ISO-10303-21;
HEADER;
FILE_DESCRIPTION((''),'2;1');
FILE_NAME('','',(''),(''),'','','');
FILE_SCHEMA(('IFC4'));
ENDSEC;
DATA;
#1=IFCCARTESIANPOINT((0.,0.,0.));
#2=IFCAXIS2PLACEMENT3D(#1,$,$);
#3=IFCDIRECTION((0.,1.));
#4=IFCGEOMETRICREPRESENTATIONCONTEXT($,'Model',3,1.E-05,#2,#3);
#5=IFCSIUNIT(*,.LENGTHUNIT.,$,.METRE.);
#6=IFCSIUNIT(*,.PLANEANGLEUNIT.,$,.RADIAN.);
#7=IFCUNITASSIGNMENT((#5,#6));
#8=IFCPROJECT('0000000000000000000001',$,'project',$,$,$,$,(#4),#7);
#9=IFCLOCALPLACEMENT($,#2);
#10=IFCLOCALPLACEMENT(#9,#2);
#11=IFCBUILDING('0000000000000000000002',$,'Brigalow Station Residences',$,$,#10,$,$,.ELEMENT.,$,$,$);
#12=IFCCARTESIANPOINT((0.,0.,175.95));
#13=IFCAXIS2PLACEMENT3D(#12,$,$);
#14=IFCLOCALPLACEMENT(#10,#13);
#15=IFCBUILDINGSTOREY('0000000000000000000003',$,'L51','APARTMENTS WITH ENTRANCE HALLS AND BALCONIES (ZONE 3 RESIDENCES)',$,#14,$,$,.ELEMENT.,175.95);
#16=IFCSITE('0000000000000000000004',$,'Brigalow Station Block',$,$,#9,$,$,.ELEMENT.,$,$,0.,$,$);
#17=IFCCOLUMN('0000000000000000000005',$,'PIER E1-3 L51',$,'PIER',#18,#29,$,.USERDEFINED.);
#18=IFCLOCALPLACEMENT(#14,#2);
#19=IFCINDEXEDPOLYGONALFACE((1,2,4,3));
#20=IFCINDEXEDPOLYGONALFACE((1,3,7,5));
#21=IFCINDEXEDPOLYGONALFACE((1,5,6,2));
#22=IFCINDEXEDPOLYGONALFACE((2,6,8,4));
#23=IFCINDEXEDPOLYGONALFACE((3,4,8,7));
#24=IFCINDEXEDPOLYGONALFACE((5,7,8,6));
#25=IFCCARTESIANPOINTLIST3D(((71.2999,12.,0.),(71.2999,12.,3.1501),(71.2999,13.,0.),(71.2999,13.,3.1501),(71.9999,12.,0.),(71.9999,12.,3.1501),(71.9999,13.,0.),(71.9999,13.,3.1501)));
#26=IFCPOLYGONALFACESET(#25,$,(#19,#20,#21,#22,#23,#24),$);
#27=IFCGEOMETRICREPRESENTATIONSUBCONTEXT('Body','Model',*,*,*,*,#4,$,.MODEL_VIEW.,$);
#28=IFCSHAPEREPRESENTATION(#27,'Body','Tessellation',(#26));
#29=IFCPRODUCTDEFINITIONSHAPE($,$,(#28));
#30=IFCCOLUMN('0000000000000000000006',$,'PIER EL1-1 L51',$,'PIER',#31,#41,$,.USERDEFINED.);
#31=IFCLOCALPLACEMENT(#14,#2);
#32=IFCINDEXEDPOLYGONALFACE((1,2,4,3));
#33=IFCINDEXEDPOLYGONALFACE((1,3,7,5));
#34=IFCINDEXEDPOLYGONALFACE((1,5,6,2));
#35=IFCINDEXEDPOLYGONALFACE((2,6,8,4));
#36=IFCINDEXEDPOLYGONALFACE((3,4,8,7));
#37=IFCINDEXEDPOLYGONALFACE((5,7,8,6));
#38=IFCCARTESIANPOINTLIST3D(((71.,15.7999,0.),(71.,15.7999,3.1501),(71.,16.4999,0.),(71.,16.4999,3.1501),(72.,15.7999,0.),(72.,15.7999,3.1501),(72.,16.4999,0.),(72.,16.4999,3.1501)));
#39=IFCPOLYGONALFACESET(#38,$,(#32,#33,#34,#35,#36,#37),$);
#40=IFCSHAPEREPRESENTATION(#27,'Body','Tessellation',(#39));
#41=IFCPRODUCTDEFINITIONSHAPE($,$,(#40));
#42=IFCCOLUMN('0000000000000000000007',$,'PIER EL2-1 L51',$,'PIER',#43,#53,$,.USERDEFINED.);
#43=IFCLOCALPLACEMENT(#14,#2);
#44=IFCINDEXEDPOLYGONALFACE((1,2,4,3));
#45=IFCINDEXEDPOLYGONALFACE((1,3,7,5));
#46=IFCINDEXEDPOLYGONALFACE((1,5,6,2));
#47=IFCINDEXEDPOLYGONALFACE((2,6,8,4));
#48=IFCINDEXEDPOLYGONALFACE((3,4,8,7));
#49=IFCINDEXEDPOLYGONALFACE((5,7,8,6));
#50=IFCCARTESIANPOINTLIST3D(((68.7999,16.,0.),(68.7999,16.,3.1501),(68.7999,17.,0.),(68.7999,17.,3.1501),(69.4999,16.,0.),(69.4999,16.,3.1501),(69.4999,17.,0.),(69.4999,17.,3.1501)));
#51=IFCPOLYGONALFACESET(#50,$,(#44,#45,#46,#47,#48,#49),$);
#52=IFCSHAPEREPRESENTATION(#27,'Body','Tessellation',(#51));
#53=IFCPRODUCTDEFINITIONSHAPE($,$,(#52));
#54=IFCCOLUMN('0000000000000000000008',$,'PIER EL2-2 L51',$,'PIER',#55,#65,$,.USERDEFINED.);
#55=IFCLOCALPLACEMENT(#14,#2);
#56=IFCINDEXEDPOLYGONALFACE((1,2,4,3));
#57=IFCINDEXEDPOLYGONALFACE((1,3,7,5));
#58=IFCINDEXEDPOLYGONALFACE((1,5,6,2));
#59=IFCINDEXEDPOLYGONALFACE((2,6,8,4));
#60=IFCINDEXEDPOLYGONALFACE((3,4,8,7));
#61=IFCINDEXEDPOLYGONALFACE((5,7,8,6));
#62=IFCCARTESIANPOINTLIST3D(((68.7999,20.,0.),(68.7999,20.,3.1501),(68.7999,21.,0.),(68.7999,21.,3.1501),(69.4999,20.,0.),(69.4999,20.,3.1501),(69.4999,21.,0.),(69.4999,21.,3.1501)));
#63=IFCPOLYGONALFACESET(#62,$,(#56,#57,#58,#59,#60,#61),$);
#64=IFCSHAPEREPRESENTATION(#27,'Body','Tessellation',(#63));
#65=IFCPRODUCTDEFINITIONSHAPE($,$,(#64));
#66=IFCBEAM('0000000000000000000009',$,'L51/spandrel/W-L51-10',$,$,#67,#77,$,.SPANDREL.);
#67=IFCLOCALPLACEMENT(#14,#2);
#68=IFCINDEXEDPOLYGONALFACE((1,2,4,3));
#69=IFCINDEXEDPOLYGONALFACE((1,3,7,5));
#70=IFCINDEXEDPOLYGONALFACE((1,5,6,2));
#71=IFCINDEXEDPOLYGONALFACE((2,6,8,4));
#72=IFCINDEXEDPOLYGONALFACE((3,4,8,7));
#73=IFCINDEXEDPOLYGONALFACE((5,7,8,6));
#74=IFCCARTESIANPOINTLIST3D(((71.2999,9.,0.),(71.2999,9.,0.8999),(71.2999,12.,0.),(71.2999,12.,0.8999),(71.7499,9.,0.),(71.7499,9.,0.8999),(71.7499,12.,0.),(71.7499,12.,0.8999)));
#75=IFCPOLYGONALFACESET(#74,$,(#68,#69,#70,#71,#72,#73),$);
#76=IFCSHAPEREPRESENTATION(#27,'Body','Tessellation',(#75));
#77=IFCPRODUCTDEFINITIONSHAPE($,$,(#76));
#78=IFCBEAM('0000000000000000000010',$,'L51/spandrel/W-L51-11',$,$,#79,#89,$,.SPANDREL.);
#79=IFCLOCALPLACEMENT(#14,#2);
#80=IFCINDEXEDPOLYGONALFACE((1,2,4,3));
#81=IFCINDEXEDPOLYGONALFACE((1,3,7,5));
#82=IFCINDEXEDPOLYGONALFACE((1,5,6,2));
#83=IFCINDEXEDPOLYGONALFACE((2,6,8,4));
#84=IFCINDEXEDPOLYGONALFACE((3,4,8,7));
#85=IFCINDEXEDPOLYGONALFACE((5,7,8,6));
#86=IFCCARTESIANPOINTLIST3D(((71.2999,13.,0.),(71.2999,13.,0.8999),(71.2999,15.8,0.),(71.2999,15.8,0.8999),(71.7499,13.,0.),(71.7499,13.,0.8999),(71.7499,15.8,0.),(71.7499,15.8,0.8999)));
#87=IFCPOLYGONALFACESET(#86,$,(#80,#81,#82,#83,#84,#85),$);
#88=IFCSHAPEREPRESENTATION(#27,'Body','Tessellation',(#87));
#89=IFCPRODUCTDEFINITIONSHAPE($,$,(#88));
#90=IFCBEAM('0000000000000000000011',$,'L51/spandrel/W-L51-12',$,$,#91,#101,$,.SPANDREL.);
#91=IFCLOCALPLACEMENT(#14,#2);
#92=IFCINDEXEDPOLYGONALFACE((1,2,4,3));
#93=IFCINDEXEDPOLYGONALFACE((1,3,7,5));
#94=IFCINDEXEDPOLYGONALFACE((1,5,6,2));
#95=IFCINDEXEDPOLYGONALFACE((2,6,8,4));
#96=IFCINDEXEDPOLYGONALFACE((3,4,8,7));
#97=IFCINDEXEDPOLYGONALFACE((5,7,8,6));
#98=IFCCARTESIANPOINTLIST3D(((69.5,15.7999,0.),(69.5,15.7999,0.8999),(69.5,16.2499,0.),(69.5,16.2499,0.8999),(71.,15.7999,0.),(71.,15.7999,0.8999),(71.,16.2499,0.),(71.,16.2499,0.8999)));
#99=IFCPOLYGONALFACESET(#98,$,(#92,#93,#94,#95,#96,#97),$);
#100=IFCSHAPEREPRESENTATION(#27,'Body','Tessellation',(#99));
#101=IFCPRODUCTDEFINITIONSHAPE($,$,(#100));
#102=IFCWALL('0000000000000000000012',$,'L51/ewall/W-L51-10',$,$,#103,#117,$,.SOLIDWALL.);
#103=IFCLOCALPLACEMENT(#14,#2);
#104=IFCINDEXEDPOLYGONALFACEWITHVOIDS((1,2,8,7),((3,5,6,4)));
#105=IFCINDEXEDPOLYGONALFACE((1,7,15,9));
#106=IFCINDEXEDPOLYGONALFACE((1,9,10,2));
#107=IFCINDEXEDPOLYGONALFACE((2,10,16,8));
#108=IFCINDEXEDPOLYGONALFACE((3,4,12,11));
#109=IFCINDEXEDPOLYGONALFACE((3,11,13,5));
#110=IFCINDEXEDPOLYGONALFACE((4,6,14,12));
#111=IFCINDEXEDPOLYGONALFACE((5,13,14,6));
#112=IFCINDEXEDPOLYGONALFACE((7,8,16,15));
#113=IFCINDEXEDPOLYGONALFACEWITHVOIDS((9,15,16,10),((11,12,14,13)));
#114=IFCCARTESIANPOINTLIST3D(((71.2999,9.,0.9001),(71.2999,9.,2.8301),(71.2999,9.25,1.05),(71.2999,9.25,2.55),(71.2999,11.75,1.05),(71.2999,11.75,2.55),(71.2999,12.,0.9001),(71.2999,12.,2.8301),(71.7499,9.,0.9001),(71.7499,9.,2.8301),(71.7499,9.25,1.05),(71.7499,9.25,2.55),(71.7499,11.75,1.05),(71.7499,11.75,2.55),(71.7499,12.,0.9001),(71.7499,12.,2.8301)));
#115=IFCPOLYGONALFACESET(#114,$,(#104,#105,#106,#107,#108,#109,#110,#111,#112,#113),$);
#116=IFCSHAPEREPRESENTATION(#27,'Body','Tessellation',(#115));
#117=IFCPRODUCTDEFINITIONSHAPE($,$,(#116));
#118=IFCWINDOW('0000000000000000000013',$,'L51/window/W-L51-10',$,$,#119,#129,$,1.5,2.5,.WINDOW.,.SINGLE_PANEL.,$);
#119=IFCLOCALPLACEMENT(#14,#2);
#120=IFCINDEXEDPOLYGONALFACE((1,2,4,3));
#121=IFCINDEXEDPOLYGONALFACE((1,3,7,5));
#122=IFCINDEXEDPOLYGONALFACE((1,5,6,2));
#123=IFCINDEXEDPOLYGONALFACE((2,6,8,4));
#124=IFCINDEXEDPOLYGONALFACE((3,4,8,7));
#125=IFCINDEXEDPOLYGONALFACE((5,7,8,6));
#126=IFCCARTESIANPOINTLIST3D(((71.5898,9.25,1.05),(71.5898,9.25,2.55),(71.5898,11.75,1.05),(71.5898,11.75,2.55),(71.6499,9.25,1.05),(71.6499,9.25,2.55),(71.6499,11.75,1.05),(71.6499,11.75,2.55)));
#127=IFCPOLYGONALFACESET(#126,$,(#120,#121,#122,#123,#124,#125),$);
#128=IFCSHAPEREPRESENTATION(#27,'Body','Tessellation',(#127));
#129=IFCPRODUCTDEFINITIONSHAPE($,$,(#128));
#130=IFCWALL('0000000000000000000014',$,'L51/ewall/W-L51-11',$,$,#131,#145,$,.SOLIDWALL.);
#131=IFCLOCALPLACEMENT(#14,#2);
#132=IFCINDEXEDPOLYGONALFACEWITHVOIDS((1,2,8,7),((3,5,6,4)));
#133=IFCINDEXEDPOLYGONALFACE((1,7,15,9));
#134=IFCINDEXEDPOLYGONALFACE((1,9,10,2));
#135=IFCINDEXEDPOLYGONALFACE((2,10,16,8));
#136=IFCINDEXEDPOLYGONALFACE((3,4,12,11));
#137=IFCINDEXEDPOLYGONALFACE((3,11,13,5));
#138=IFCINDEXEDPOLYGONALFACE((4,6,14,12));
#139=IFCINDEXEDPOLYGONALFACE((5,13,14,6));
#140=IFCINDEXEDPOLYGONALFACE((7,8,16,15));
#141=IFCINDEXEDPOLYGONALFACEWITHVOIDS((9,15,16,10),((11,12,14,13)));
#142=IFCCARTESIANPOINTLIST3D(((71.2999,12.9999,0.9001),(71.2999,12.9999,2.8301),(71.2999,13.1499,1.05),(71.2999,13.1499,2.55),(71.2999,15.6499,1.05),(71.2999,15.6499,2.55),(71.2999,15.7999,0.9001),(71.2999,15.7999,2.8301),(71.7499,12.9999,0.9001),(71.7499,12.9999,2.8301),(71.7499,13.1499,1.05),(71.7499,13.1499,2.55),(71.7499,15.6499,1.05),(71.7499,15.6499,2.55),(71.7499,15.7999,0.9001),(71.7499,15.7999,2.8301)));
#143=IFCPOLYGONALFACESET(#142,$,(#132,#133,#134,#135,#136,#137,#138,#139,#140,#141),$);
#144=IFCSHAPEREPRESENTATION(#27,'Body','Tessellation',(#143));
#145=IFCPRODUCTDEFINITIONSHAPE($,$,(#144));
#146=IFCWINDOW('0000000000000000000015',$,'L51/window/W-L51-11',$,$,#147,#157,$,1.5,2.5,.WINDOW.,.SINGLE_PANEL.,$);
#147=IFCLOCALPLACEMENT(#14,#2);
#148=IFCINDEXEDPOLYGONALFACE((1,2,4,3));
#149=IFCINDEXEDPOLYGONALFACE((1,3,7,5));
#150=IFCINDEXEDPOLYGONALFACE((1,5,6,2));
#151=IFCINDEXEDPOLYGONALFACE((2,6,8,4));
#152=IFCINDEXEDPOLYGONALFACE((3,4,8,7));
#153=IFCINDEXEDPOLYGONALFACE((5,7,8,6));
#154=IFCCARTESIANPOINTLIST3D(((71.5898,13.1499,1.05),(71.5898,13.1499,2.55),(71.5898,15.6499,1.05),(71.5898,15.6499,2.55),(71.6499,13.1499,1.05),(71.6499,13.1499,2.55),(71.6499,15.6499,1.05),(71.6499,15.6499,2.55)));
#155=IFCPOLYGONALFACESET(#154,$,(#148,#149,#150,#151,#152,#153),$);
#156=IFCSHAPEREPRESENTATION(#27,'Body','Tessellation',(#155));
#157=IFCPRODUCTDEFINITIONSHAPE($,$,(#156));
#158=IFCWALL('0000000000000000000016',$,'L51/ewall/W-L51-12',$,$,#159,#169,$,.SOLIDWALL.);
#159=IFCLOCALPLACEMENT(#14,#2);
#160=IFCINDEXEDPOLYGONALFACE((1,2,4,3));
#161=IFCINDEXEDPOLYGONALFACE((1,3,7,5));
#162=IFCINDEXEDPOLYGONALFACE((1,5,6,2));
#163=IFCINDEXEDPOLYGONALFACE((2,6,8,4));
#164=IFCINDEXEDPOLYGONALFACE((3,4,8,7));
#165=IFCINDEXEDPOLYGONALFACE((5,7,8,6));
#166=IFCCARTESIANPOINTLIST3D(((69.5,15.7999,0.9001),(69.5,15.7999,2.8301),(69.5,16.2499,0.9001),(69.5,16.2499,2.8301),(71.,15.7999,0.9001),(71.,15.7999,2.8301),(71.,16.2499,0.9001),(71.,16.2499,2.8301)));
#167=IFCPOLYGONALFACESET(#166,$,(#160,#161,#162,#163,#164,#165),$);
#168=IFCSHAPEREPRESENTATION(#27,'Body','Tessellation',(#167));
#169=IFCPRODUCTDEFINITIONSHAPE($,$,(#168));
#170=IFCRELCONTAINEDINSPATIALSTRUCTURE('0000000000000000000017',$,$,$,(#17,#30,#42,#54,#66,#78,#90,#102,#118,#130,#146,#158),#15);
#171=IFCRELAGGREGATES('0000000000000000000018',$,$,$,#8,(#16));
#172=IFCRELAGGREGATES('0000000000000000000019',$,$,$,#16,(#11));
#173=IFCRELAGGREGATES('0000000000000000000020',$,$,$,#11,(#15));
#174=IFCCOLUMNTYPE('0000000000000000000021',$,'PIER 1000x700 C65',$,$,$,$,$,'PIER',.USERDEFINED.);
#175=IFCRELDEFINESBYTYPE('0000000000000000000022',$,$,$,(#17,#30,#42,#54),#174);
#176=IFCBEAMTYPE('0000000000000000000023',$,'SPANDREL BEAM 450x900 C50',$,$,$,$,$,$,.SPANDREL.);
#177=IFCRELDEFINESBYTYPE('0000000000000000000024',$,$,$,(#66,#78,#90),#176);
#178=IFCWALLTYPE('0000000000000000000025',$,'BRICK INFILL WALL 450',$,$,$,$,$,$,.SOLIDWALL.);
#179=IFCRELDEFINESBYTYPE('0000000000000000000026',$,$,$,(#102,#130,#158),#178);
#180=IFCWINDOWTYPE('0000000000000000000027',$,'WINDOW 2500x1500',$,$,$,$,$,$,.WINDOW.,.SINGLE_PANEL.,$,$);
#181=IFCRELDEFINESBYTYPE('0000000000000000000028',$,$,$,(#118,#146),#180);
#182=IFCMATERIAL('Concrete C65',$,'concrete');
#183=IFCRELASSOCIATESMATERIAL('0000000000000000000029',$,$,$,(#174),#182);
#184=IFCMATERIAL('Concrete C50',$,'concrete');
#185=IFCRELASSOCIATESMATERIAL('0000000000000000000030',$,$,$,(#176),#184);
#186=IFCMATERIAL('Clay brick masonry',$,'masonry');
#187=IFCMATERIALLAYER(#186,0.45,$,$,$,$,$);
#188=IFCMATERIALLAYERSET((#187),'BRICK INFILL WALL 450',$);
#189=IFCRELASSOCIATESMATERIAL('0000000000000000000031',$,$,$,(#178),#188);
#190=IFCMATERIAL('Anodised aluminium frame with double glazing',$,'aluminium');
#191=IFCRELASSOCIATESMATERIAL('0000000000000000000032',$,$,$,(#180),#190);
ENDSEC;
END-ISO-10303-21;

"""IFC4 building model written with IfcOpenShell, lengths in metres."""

from ifc_helpers import new_model, si_unit, direction, frame, frame_2d, origin, origin_2d, place, context, subcontext, project, spatial, rectangle, extrude, material, layer, layer_set, material_profile, profile_set, type_object, element, fill, save


model = new_model("IFC4")

# Units and contexts
model_context = context("Model", 3, precision=1e-05, world=origin(), true_north=direction((0.0, 1.0)))
body_context = subcontext(model_context, "Body", "Model", "MODEL_VIEW")
ifc_project = project(units=[si_unit("LENGTHUNIT", "METRE"), si_unit("PLANEANGLEUNIT", "RADIAN")], contexts=[model_context])

# Site, building, storey
site_placement = place(None, origin())
site = spatial("IfcSite", under=ifc_project, at=site_placement, Name="Brigalow Station Block", CompositionType="ELEMENT", RefElevation=0.0)
building_placement = place(site_placement, origin())
building = spatial("IfcBuilding", under=site, at=building_placement, Name="Brigalow Station Residences", CompositionType="ELEMENT")
storey_placement = place(building_placement, frame((0.0, 0.0, 175.95)))
storey = spatial("IfcBuildingStorey", under=building, at=storey_placement, Name="L51", Description="APARTMENTS WITH ENTRANCE HALLS AND BALCONIES (ZONE 3 RESIDENCES)", CompositionType="ELEMENT", Elevation=175.95)

# Columns
ifc_material_1 = material(Name="Concrete C65", Category="concrete")
ifc_material_profile_1 = material_profile(ifc_material_1, rectangle(XDim=1.0, YDim=0.7, at=origin_2d()), Name="RC1000x700")
ifc_profile_set_1 = profile_set([ifc_material_profile_1], Name="Concrete C65")
column_type = type_object("IfcColumnType", Name="PIER 1000x700 C65", ElementType="PIER", PredefinedType="USERDEFINED", material=ifc_profile_set_1)
for number, where, z_axis, x_axis, name in (
    (1, (71.6499, 12.5, 0.0), (0.0, 0.0, 1.0), (0.0, 1.0, 0.0), "PIER E1-3 L51"),
    (2, (71.5, 16.1499, 0.0), (0.0, 0.0, 1.0), (-1.0, 0.0, 0.0), "PIER EL1-1 L51"),
    (3, (69.1499, 16.5, 0.0), (0.0, 0.0, 1.0), (0.0, 1.0, 0.0), "PIER EL2-1 L51"),
    (4, (69.1499, 20.5, 0.0), (0.0, 0.0, 1.0), (0.0, 1.0, 0.0), "PIER EL2-2 L51"),
):
    element("IfcColumn", number, at=place(storey_placement, frame(where, z_axis=z_axis, x_axis=x_axis)), inside=storey, type_object=column_type, Name=name, ObjectType="PIER", PredefinedType="USERDEFINED", context=body_context, shape_type="SweptSolid", body=[
        extrude(rectangle(XDim=1.0, YDim=0.7, at=origin_2d()), origin(), (0.0, 0.0, 1.0), 3.1501),
    ])

# Beams
ifc_material_2 = material(Name="Concrete C50", Category="concrete")
ifc_material_profile_2 = material_profile(ifc_material_2, rectangle(XDim=0.45, YDim=0.8999, at=origin_2d()), Name="RC450x900")
ifc_profile_set_2 = profile_set([ifc_material_profile_2], Name="Concrete C50")
beam_type = type_object("IfcBeamType", Name="SPANDREL BEAM 450x900 C50", PredefinedType="SPANDREL", material=ifc_profile_set_2)
beam_1_placement = place(storey_placement, frame((71.5249, 9.0, 0.45), z_axis=(0.0, 1.0, 0.0), x_axis=(-1.0, 0.0, 0.0)))
element("IfcBeam", 5, at=beam_1_placement, inside=storey, type_object=beam_type, Name="L51/spandrel/W-L51-10", PredefinedType="SPANDREL", context=body_context, shape_type="SweptSolid", body=[
    extrude(rectangle(XDim=0.45, YDim=0.8999, at=origin_2d()), origin(), (0.0, 0.0, 1.0), 3.0),
])
beam_2_placement = place(storey_placement, frame((71.5249, 13.0, 0.45), z_axis=(0.0, 1.0, 0.0), x_axis=(-1.0, 0.0, 0.0)))
element("IfcBeam", 6, at=beam_2_placement, inside=storey, type_object=beam_type, Name="L51/spandrel/W-L51-11", PredefinedType="SPANDREL", context=body_context, shape_type="SweptSolid", body=[
    extrude(rectangle(XDim=0.45, YDim=0.8999, at=origin_2d()), origin(), (0.0, 0.0, 1.0), 2.8),
])
beam_3_placement = place(storey_placement, frame((71.0, 16.0249, 0.45), z_axis=(-1.0, 0.0, 0.0), x_axis=(0.0, -1.0, 0.0)))
element("IfcBeam", 7, at=beam_3_placement, inside=storey, type_object=beam_type, Name="L51/spandrel/W-L51-12", PredefinedType="SPANDREL", context=body_context, shape_type="SweptSolid", body=[
    extrude(rectangle(XDim=0.45, YDim=0.8999, at=origin_2d()), origin(), (0.0, 0.0, 1.0), 1.5),
])

# Walls, openings, windows
ifc_material_3 = material(Name="Clay brick masonry", Category="masonry")
ifc_layer = layer(ifc_material_3, 0.45)
ifc_layer_set = layer_set([ifc_layer], Name="BRICK INFILL WALL 450")
wall_type = type_object("IfcWallType", Name="BRICK INFILL WALL 450", PredefinedType="SOLIDWALL", material=ifc_layer_set)
wall_1_placement = place(storey_placement, frame((71.5249, 9.0, 0.9001), z_axis=(0.0, 0.0, 1.0), x_axis=(0.0, 1.0, 0.0)))
wall_1 = element("IfcWall", 8, at=wall_1_placement, inside=storey, type_object=wall_type, Name="L51/ewall/W-L51-10", PredefinedType="SOLIDWALL", context=body_context, shape_type="SweptSolid", body=[
    extrude(rectangle(XDim=3.0, YDim=0.45, at=frame_2d((1.5, 0.0))), origin(), (0.0, 0.0, 1.0), 1.9299),
])
opening_1_placement = place(wall_1_placement, frame((0.25, 0.0, 0.1499)))
opening_1 = element("IfcOpeningElement", 9, at=opening_1_placement, cuts=wall_1, PredefinedType="OPENING", context=body_context, shape_type="SweptSolid", body=[
    extrude(rectangle(XDim=2.5, YDim=1.5, at=frame_2d((1.25, 0.75))), frame((0.0, 0.2349, 0.0), z_axis=(0.0, -1.0, 0.0), x_axis=(1.0, 0.0, 0.0)), (0.0, 0.0, 1.0), 0.47),
])
ifc_material_4 = material(Name="Anodised aluminium frame with double glazing", Category="aluminium")
window_type = type_object("IfcWindowType", Name="WINDOW 2500x1500", PartitioningType="SINGLE_PANEL", PredefinedType="WINDOW", material=ifc_material_4)
window_1_placement = place(opening_1_placement, origin())
window_1 = element("IfcWindow", 10, at=window_1_placement, inside=storey, type_object=window_type, Name="L51/window/W-L51-10", OverallHeight=1.5, OverallWidth=2.5, PartitioningType="SINGLE_PANEL", PredefinedType="WINDOW", context=body_context, shape_type="SweptSolid", body=[
    extrude(rectangle(XDim=2.5, YDim=1.5, at=frame_2d((1.25, 0.75))), frame((0.0, -0.0649, 0.0), z_axis=(0.0, -1.0, 0.0), x_axis=(1.0, 0.0, 0.0)), (0.0, 0.0, 1.0), 0.0601),
])
fill(opening_1, window_1)
wall_2_placement = place(storey_placement, frame((71.5249, 13.0, 0.9001), z_axis=(0.0, 0.0, 1.0), x_axis=(0.0, 1.0, 0.0)))
wall_2 = element("IfcWall", 11, at=wall_2_placement, inside=storey, type_object=wall_type, Name="L51/ewall/W-L51-11", PredefinedType="SOLIDWALL", context=body_context, shape_type="SweptSolid", body=[
    extrude(rectangle(XDim=2.8, YDim=0.45, at=frame_2d((1.3999, 0.0))), origin(), (0.0, 0.0, 1.0), 1.9299),
])
opening_2_placement = place(wall_2_placement, frame((0.1499, 0.0, 0.1499)))
opening_2 = element("IfcOpeningElement", 12, at=opening_2_placement, cuts=wall_2, PredefinedType="OPENING", context=body_context, shape_type="SweptSolid", body=[
    extrude(rectangle(XDim=2.5, YDim=1.5, at=frame_2d((1.25, 0.75))), frame((0.0, 0.2349, 0.0), z_axis=(0.0, -1.0, 0.0), x_axis=(1.0, 0.0, 0.0)), (0.0, 0.0, 1.0), 0.47),
])
window_2_placement = place(opening_2_placement, origin())
window_2 = element("IfcWindow", 13, at=window_2_placement, inside=storey, type_object=window_type, Name="L51/window/W-L51-11", OverallHeight=1.5, OverallWidth=2.5, PartitioningType="SINGLE_PANEL", PredefinedType="WINDOW", context=body_context, shape_type="SweptSolid", body=[
    extrude(rectangle(XDim=2.5, YDim=1.5, at=frame_2d((1.25, 0.75))), frame((0.0, -0.0649, 0.0), z_axis=(0.0, -1.0, 0.0), x_axis=(1.0, 0.0, 0.0)), (0.0, 0.0, 1.0), 0.0601),
])
fill(opening_2, window_2)

# Wall
wall_3_placement = place(storey_placement, frame((71.0, 16.0249, 0.9001), z_axis=(0.0, 0.0, 1.0), x_axis=(-1.0, 0.0, 0.0)))
element("IfcWall", 14, at=wall_3_placement, inside=storey, type_object=wall_type, Name="L51/ewall/W-L51-12", PredefinedType="SOLIDWALL", context=body_context, shape_type="SweptSolid", body=[
    extrude(rectangle(XDim=1.5, YDim=0.45, at=frame_2d((0.75, 0.0))), origin(), (0.0, 0.0, 1.0), 1.9299),
])

save(model, "model.ifc")
